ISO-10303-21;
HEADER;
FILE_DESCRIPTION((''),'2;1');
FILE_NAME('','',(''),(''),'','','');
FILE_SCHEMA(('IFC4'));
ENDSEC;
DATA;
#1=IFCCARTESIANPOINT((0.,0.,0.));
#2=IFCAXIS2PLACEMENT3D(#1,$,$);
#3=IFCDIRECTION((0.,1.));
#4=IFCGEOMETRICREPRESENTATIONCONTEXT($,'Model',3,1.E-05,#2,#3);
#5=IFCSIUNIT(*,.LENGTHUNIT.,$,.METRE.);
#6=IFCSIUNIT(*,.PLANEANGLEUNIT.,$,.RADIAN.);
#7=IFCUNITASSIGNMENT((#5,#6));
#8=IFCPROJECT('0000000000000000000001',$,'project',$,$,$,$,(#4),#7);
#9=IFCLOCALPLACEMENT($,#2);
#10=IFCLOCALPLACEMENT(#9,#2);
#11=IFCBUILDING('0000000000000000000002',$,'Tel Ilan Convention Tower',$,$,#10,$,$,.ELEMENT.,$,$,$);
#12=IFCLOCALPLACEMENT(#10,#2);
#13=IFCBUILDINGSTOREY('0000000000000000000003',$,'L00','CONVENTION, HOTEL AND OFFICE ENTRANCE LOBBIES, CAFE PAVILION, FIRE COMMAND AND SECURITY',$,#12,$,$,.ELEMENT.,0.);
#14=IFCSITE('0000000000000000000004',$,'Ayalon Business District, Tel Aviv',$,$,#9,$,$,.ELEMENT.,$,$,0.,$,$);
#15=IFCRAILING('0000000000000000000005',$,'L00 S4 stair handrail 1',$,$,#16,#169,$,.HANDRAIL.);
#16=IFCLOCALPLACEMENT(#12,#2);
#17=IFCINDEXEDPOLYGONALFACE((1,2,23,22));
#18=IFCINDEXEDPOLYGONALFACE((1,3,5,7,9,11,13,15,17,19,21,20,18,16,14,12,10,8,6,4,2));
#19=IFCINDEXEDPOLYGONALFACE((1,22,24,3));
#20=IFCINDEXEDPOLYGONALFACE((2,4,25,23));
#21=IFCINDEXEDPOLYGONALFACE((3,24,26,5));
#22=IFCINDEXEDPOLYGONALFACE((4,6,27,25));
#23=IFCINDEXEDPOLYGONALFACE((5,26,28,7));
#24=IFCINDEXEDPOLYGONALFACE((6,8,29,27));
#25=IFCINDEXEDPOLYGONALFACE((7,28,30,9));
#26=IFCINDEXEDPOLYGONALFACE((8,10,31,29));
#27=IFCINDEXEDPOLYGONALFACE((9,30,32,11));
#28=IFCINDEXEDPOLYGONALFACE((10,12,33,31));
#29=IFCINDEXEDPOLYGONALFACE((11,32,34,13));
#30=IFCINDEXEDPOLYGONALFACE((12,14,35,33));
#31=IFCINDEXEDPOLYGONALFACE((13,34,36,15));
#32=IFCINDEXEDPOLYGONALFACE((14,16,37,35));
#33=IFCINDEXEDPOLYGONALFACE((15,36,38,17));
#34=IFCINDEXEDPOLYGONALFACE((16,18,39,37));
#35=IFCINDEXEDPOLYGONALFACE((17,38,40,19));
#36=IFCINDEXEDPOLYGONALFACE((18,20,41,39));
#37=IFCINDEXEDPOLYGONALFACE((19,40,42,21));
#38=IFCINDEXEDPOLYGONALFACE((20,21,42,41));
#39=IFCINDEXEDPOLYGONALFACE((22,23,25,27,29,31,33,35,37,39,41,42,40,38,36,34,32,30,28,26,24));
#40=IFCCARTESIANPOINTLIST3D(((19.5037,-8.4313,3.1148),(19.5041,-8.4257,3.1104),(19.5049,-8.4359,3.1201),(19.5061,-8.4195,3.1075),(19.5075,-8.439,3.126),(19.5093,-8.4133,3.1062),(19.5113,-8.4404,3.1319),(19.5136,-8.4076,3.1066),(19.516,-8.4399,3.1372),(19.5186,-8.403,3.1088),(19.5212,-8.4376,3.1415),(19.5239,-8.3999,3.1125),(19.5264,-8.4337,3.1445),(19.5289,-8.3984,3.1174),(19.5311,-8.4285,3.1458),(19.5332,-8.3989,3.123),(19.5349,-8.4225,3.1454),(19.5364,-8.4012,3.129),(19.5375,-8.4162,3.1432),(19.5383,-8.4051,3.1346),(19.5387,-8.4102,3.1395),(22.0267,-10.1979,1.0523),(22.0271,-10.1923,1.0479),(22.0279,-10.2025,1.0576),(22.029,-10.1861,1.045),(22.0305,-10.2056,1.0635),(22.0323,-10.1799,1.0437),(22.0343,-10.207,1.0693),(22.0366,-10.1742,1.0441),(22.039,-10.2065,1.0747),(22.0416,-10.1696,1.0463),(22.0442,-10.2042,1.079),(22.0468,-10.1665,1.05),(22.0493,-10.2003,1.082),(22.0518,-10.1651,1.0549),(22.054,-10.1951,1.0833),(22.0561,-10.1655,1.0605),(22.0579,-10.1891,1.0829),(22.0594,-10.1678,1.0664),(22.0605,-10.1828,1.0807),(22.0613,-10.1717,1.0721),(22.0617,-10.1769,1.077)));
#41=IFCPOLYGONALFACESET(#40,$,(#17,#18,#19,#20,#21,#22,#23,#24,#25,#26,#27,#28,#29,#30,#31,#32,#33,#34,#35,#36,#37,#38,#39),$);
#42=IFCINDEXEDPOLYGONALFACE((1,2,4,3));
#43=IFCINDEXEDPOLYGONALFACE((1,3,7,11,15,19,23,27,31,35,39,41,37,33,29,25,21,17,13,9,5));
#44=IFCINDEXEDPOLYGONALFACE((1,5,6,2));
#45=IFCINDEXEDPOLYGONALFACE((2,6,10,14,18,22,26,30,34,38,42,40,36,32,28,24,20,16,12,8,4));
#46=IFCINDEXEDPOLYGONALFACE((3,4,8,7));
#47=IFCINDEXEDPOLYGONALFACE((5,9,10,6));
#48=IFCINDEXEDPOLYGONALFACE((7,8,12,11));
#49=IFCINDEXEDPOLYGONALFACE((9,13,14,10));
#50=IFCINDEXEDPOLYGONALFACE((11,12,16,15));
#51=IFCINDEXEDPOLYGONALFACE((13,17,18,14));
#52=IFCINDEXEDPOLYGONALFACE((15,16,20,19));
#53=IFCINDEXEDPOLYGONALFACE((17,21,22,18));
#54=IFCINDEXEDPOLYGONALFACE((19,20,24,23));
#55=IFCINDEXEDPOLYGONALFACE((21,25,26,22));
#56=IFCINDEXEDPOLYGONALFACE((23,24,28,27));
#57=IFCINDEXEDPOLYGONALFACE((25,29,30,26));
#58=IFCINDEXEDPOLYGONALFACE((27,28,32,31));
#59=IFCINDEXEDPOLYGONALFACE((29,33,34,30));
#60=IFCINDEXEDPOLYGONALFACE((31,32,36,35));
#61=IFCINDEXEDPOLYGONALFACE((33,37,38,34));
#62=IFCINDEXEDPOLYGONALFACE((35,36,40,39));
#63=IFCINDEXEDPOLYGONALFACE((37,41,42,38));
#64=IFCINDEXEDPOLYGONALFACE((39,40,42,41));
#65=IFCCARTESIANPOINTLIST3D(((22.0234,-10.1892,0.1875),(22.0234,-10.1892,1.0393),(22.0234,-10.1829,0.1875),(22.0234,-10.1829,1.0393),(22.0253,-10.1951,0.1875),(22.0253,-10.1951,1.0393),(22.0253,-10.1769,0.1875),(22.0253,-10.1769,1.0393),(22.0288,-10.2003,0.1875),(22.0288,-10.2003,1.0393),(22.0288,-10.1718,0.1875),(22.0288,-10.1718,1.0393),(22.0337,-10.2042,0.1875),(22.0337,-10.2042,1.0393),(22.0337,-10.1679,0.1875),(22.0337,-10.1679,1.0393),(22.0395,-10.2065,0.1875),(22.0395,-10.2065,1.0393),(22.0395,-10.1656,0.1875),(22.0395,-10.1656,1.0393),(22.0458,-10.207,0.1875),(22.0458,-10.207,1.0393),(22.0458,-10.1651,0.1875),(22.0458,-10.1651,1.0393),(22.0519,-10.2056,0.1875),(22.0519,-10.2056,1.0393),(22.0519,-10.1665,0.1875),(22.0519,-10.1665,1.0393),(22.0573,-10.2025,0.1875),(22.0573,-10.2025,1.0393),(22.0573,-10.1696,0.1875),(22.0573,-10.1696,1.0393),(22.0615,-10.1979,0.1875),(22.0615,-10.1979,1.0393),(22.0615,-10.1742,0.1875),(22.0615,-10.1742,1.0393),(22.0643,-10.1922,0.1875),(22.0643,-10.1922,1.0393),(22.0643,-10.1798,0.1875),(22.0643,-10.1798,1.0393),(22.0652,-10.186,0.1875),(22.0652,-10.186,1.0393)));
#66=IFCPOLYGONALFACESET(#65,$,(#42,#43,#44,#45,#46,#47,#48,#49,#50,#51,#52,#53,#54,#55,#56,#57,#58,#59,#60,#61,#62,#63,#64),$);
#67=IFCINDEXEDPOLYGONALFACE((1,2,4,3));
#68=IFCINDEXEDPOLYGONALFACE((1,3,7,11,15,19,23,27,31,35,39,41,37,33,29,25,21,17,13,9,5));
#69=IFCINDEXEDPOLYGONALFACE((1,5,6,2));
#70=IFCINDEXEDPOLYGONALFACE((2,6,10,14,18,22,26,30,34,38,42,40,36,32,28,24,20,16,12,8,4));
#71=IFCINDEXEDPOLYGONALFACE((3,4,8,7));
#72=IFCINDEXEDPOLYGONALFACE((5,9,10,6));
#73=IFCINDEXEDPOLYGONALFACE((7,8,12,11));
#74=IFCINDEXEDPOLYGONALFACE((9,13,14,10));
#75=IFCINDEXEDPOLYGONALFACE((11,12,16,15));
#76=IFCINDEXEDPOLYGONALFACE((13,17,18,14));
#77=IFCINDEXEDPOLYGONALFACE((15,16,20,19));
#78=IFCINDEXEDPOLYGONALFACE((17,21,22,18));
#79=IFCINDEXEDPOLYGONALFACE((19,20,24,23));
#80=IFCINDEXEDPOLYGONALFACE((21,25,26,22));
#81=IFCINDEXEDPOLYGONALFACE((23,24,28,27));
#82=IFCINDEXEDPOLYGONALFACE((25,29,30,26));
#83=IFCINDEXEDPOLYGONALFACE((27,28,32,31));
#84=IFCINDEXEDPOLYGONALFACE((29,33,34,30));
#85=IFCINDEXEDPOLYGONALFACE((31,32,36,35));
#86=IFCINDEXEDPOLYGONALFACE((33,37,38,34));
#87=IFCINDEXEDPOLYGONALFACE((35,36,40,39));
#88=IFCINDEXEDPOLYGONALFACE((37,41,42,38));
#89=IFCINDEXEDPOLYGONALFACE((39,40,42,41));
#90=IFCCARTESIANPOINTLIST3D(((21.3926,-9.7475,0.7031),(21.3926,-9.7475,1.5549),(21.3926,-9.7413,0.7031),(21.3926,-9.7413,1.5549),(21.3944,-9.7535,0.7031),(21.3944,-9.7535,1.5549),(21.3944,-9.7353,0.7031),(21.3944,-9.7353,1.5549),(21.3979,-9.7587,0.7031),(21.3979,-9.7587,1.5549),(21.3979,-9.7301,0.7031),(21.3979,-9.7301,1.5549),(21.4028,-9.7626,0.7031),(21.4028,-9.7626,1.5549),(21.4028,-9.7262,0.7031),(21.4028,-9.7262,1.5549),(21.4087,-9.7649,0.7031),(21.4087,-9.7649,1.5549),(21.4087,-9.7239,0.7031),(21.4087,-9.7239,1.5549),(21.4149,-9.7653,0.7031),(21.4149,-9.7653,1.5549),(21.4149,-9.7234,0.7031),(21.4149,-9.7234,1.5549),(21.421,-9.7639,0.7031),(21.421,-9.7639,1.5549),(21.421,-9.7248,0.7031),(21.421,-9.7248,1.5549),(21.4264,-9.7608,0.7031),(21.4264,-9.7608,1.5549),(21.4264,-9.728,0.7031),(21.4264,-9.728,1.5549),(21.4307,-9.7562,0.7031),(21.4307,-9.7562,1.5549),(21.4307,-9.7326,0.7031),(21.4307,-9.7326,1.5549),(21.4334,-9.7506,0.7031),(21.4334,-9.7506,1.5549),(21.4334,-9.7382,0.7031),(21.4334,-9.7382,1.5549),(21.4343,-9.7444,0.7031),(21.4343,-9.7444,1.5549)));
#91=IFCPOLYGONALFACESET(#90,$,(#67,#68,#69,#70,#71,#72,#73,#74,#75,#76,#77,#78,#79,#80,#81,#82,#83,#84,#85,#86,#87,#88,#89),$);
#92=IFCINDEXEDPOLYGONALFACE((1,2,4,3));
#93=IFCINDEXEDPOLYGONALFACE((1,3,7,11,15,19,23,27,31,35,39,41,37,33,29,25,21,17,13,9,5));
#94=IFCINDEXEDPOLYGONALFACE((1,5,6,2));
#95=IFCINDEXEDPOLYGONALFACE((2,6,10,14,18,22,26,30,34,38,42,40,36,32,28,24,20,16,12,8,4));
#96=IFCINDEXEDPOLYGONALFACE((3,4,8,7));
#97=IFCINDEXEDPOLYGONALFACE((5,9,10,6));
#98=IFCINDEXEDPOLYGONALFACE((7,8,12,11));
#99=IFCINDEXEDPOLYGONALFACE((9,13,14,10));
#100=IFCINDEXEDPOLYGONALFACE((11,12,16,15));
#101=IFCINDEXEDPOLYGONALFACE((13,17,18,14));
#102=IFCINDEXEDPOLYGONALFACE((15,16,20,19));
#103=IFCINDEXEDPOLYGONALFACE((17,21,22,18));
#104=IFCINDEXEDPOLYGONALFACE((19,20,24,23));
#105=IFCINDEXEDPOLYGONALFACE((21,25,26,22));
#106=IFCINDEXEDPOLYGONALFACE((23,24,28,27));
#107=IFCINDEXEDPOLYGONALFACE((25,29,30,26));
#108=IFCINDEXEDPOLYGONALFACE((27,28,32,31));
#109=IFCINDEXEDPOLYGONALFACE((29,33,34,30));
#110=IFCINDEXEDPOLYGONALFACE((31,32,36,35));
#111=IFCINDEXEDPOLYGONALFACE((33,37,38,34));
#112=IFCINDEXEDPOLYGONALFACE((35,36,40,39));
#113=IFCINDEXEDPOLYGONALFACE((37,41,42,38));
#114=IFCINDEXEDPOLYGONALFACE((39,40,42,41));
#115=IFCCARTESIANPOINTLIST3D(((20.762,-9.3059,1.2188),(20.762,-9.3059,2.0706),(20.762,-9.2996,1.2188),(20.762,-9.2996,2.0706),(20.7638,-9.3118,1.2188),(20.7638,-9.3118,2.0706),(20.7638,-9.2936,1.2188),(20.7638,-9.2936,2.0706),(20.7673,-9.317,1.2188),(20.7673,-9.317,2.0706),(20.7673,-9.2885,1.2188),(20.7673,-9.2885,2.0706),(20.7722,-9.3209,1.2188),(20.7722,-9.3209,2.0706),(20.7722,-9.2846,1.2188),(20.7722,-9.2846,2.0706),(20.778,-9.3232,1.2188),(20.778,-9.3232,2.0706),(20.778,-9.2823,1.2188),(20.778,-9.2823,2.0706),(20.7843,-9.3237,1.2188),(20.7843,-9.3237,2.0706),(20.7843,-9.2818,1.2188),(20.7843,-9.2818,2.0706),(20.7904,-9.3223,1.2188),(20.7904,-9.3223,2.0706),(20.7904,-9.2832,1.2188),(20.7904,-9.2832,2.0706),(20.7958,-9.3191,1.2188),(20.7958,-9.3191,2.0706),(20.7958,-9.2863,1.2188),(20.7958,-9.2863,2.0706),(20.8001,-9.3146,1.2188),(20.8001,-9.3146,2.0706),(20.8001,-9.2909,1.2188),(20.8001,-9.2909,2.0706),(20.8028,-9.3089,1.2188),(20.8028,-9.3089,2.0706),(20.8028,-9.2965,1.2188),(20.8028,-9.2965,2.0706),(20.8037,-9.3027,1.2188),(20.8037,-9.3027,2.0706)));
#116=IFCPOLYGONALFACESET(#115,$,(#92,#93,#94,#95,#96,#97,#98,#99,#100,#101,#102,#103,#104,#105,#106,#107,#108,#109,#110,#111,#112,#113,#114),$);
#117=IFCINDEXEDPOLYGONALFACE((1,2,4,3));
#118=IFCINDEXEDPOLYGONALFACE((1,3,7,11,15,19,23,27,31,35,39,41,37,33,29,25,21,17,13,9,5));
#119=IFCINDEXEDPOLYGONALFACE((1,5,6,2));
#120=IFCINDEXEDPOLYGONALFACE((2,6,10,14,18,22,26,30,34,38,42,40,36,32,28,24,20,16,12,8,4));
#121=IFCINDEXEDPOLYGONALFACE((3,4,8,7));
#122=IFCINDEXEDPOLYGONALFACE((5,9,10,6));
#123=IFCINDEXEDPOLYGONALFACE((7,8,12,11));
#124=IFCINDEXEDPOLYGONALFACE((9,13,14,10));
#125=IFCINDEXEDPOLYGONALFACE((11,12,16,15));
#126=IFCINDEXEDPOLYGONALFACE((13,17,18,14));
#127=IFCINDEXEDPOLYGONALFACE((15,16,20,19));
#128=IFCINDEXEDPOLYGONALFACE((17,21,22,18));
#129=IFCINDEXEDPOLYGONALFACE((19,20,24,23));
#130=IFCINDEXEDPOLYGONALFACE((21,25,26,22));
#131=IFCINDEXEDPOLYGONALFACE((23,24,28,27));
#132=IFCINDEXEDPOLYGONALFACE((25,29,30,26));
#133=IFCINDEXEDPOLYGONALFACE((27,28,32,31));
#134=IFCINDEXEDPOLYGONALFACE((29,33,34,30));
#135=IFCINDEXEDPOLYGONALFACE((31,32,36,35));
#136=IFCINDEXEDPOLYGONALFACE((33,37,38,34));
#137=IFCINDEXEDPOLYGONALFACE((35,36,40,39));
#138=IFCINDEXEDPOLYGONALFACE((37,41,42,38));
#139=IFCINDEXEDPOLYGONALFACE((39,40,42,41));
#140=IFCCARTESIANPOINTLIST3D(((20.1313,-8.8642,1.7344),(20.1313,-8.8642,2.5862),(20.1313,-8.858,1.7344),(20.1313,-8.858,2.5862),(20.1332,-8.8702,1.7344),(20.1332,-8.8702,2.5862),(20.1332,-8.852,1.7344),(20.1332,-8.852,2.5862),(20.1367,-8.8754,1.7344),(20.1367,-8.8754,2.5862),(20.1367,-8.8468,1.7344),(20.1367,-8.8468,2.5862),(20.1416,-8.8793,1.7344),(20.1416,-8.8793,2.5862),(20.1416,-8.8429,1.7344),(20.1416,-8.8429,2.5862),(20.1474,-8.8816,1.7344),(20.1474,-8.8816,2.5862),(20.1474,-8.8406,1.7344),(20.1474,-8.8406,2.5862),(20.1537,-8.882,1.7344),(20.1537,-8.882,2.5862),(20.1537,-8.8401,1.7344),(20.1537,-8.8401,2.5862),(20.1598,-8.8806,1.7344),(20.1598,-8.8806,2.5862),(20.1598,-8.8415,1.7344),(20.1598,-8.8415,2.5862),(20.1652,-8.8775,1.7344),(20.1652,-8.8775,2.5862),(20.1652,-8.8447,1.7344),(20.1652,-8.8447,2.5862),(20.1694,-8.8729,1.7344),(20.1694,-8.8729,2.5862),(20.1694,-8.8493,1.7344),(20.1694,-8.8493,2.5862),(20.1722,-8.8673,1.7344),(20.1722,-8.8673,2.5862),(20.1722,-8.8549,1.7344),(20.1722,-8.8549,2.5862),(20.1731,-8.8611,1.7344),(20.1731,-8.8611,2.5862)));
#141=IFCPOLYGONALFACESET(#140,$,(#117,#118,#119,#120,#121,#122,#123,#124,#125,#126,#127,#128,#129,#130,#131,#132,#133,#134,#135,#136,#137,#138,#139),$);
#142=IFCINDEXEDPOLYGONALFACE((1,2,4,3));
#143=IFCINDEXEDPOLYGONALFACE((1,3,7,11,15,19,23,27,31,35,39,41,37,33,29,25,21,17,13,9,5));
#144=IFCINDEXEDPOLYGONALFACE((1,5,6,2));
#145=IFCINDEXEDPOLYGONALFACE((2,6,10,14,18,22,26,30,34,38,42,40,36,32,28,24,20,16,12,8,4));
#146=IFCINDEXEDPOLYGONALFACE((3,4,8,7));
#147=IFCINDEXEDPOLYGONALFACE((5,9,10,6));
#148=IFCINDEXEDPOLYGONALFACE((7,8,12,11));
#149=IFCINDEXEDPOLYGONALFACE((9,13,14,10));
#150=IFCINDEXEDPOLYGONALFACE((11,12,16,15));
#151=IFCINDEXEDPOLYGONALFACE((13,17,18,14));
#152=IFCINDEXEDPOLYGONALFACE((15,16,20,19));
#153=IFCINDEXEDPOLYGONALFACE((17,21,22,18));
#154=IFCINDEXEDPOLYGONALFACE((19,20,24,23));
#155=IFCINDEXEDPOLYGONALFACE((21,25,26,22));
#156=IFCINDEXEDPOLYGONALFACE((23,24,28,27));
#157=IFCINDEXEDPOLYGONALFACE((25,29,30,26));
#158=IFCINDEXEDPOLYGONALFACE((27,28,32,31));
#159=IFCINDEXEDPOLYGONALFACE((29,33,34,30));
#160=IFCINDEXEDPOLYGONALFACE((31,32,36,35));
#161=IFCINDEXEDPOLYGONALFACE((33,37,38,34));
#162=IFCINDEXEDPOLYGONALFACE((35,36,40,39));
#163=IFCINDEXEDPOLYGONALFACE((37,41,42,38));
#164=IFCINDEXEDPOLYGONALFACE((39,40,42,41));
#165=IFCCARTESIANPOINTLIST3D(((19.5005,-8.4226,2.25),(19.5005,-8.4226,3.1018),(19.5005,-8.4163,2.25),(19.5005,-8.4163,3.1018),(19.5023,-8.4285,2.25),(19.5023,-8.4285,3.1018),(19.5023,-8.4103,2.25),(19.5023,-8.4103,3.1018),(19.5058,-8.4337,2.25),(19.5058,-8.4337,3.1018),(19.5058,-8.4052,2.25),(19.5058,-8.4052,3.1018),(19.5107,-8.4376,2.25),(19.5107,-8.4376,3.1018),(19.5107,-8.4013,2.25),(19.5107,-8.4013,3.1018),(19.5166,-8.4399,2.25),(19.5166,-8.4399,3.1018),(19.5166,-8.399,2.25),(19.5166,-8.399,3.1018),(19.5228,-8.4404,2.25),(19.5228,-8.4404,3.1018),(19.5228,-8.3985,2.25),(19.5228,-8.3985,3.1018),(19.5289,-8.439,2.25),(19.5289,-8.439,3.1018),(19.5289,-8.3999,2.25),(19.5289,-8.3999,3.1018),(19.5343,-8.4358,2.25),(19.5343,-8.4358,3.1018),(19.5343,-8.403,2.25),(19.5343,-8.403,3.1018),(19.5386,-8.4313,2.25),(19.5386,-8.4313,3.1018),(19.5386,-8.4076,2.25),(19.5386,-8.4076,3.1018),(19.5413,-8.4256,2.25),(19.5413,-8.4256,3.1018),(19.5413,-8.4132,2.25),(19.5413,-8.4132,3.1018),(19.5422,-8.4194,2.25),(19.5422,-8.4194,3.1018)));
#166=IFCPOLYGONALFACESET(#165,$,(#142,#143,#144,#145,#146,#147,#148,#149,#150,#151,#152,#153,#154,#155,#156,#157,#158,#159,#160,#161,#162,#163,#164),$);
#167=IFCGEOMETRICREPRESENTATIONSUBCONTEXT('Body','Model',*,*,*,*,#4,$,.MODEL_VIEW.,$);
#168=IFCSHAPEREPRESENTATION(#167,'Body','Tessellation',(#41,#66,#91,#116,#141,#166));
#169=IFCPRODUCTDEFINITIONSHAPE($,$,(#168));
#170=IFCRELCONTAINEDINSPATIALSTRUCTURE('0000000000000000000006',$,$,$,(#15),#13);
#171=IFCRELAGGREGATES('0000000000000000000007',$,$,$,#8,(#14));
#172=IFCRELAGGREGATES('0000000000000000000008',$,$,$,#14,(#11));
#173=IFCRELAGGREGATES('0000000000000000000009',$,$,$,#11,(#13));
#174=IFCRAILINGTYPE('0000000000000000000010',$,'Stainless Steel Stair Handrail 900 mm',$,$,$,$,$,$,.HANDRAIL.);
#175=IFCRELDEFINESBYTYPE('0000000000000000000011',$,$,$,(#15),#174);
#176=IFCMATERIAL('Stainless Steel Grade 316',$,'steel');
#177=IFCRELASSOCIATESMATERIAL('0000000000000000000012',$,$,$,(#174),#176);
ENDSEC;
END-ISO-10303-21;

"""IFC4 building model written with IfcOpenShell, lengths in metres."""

from ifc_helpers import new_model, si_unit, direction, frame, origin, origin_2d, place, context, subcontext, project, spatial, circle, extrude, material, type_object, element, save


model = new_model("IFC4")

# Units and contexts
model_context = context("Model", 3, precision=1e-05, world=origin(), true_north=direction((0.0, 1.0)))
body_context = subcontext(model_context, "Body", "Model", "MODEL_VIEW")
ifc_project = project(units=[si_unit("LENGTHUNIT", "METRE"), si_unit("PLANEANGLEUNIT", "RADIAN")], contexts=[model_context])

# Site, building, storey
site_placement = place(None, origin())
site = spatial("IfcSite", under=ifc_project, at=site_placement, Name="Ayalon Business District, Tel Aviv", CompositionType="ELEMENT", RefElevation=0.0)
building_placement = place(site_placement, origin())
building = spatial("IfcBuilding", under=site, at=building_placement, Name="Tel Ilan Convention Tower", CompositionType="ELEMENT")
storey_placement = place(building_placement, origin())
storey = spatial("IfcBuildingStorey", under=building, at=storey_placement, Name="L00", Description="CONVENTION, HOTEL AND OFFICE ENTRANCE LOBBIES, CAFE PAVILION, FIRE COMMAND AND SECURITY", CompositionType="ELEMENT", Elevation=0.0)

# Railing
ifc_material_1 = material(Name="Stainless Steel Grade 316", Category="steel")
railing_type_1 = type_object("IfcRailingType", Name="Stainless Steel Stair Handrail 900 mm", PredefinedType="HANDRAIL", material=ifc_material_1)
for number, where, name in (
    (1, (22.0442, -10.186, 0.1875), "L00 S4 stair handrail 1"),
):
    element("IfcRailing", number, at=place(storey_placement, frame(where)), inside=storey, type_object=railing_type_1, Name=name, PredefinedType="HANDRAIL", context=body_context, shape_type="SweptSolid", body=[
        extrude(circle(Radius=0.0239, at=origin_2d()), frame((0.0, 0.0, 0.876), z_axis=(-0.680635, 0.476589, 0.556416), x_axis=(-0.573579, -0.81915, 0.0)), (0.0, 0.0, 1.0), 3.7068),
        extrude(circle(Radius=0.021, at=origin_2d()), origin(), (0.0, 0.0, 1.0), 0.8518),
        extrude(circle(Radius=0.021, at=origin_2d()), frame((-0.6309, 0.4417, 0.5156)), (0.0, 0.0, 1.0), 0.8518),
        extrude(circle(Radius=0.021, at=origin_2d()), frame((-1.2615, 0.8833, 1.0312)), (0.0, 0.0, 1.0), 0.8518),
        extrude(circle(Radius=0.021, at=origin_2d()), frame((-1.8921, 1.325, 1.5469)), (0.0, 0.0, 1.0), 0.8518),
        extrude(circle(Radius=0.021, at=origin_2d()), frame((-2.5229, 1.7666, 2.0625)), (0.0, 0.0, 1.0), 0.8518),
    ])

save(model, "model.ifc")
